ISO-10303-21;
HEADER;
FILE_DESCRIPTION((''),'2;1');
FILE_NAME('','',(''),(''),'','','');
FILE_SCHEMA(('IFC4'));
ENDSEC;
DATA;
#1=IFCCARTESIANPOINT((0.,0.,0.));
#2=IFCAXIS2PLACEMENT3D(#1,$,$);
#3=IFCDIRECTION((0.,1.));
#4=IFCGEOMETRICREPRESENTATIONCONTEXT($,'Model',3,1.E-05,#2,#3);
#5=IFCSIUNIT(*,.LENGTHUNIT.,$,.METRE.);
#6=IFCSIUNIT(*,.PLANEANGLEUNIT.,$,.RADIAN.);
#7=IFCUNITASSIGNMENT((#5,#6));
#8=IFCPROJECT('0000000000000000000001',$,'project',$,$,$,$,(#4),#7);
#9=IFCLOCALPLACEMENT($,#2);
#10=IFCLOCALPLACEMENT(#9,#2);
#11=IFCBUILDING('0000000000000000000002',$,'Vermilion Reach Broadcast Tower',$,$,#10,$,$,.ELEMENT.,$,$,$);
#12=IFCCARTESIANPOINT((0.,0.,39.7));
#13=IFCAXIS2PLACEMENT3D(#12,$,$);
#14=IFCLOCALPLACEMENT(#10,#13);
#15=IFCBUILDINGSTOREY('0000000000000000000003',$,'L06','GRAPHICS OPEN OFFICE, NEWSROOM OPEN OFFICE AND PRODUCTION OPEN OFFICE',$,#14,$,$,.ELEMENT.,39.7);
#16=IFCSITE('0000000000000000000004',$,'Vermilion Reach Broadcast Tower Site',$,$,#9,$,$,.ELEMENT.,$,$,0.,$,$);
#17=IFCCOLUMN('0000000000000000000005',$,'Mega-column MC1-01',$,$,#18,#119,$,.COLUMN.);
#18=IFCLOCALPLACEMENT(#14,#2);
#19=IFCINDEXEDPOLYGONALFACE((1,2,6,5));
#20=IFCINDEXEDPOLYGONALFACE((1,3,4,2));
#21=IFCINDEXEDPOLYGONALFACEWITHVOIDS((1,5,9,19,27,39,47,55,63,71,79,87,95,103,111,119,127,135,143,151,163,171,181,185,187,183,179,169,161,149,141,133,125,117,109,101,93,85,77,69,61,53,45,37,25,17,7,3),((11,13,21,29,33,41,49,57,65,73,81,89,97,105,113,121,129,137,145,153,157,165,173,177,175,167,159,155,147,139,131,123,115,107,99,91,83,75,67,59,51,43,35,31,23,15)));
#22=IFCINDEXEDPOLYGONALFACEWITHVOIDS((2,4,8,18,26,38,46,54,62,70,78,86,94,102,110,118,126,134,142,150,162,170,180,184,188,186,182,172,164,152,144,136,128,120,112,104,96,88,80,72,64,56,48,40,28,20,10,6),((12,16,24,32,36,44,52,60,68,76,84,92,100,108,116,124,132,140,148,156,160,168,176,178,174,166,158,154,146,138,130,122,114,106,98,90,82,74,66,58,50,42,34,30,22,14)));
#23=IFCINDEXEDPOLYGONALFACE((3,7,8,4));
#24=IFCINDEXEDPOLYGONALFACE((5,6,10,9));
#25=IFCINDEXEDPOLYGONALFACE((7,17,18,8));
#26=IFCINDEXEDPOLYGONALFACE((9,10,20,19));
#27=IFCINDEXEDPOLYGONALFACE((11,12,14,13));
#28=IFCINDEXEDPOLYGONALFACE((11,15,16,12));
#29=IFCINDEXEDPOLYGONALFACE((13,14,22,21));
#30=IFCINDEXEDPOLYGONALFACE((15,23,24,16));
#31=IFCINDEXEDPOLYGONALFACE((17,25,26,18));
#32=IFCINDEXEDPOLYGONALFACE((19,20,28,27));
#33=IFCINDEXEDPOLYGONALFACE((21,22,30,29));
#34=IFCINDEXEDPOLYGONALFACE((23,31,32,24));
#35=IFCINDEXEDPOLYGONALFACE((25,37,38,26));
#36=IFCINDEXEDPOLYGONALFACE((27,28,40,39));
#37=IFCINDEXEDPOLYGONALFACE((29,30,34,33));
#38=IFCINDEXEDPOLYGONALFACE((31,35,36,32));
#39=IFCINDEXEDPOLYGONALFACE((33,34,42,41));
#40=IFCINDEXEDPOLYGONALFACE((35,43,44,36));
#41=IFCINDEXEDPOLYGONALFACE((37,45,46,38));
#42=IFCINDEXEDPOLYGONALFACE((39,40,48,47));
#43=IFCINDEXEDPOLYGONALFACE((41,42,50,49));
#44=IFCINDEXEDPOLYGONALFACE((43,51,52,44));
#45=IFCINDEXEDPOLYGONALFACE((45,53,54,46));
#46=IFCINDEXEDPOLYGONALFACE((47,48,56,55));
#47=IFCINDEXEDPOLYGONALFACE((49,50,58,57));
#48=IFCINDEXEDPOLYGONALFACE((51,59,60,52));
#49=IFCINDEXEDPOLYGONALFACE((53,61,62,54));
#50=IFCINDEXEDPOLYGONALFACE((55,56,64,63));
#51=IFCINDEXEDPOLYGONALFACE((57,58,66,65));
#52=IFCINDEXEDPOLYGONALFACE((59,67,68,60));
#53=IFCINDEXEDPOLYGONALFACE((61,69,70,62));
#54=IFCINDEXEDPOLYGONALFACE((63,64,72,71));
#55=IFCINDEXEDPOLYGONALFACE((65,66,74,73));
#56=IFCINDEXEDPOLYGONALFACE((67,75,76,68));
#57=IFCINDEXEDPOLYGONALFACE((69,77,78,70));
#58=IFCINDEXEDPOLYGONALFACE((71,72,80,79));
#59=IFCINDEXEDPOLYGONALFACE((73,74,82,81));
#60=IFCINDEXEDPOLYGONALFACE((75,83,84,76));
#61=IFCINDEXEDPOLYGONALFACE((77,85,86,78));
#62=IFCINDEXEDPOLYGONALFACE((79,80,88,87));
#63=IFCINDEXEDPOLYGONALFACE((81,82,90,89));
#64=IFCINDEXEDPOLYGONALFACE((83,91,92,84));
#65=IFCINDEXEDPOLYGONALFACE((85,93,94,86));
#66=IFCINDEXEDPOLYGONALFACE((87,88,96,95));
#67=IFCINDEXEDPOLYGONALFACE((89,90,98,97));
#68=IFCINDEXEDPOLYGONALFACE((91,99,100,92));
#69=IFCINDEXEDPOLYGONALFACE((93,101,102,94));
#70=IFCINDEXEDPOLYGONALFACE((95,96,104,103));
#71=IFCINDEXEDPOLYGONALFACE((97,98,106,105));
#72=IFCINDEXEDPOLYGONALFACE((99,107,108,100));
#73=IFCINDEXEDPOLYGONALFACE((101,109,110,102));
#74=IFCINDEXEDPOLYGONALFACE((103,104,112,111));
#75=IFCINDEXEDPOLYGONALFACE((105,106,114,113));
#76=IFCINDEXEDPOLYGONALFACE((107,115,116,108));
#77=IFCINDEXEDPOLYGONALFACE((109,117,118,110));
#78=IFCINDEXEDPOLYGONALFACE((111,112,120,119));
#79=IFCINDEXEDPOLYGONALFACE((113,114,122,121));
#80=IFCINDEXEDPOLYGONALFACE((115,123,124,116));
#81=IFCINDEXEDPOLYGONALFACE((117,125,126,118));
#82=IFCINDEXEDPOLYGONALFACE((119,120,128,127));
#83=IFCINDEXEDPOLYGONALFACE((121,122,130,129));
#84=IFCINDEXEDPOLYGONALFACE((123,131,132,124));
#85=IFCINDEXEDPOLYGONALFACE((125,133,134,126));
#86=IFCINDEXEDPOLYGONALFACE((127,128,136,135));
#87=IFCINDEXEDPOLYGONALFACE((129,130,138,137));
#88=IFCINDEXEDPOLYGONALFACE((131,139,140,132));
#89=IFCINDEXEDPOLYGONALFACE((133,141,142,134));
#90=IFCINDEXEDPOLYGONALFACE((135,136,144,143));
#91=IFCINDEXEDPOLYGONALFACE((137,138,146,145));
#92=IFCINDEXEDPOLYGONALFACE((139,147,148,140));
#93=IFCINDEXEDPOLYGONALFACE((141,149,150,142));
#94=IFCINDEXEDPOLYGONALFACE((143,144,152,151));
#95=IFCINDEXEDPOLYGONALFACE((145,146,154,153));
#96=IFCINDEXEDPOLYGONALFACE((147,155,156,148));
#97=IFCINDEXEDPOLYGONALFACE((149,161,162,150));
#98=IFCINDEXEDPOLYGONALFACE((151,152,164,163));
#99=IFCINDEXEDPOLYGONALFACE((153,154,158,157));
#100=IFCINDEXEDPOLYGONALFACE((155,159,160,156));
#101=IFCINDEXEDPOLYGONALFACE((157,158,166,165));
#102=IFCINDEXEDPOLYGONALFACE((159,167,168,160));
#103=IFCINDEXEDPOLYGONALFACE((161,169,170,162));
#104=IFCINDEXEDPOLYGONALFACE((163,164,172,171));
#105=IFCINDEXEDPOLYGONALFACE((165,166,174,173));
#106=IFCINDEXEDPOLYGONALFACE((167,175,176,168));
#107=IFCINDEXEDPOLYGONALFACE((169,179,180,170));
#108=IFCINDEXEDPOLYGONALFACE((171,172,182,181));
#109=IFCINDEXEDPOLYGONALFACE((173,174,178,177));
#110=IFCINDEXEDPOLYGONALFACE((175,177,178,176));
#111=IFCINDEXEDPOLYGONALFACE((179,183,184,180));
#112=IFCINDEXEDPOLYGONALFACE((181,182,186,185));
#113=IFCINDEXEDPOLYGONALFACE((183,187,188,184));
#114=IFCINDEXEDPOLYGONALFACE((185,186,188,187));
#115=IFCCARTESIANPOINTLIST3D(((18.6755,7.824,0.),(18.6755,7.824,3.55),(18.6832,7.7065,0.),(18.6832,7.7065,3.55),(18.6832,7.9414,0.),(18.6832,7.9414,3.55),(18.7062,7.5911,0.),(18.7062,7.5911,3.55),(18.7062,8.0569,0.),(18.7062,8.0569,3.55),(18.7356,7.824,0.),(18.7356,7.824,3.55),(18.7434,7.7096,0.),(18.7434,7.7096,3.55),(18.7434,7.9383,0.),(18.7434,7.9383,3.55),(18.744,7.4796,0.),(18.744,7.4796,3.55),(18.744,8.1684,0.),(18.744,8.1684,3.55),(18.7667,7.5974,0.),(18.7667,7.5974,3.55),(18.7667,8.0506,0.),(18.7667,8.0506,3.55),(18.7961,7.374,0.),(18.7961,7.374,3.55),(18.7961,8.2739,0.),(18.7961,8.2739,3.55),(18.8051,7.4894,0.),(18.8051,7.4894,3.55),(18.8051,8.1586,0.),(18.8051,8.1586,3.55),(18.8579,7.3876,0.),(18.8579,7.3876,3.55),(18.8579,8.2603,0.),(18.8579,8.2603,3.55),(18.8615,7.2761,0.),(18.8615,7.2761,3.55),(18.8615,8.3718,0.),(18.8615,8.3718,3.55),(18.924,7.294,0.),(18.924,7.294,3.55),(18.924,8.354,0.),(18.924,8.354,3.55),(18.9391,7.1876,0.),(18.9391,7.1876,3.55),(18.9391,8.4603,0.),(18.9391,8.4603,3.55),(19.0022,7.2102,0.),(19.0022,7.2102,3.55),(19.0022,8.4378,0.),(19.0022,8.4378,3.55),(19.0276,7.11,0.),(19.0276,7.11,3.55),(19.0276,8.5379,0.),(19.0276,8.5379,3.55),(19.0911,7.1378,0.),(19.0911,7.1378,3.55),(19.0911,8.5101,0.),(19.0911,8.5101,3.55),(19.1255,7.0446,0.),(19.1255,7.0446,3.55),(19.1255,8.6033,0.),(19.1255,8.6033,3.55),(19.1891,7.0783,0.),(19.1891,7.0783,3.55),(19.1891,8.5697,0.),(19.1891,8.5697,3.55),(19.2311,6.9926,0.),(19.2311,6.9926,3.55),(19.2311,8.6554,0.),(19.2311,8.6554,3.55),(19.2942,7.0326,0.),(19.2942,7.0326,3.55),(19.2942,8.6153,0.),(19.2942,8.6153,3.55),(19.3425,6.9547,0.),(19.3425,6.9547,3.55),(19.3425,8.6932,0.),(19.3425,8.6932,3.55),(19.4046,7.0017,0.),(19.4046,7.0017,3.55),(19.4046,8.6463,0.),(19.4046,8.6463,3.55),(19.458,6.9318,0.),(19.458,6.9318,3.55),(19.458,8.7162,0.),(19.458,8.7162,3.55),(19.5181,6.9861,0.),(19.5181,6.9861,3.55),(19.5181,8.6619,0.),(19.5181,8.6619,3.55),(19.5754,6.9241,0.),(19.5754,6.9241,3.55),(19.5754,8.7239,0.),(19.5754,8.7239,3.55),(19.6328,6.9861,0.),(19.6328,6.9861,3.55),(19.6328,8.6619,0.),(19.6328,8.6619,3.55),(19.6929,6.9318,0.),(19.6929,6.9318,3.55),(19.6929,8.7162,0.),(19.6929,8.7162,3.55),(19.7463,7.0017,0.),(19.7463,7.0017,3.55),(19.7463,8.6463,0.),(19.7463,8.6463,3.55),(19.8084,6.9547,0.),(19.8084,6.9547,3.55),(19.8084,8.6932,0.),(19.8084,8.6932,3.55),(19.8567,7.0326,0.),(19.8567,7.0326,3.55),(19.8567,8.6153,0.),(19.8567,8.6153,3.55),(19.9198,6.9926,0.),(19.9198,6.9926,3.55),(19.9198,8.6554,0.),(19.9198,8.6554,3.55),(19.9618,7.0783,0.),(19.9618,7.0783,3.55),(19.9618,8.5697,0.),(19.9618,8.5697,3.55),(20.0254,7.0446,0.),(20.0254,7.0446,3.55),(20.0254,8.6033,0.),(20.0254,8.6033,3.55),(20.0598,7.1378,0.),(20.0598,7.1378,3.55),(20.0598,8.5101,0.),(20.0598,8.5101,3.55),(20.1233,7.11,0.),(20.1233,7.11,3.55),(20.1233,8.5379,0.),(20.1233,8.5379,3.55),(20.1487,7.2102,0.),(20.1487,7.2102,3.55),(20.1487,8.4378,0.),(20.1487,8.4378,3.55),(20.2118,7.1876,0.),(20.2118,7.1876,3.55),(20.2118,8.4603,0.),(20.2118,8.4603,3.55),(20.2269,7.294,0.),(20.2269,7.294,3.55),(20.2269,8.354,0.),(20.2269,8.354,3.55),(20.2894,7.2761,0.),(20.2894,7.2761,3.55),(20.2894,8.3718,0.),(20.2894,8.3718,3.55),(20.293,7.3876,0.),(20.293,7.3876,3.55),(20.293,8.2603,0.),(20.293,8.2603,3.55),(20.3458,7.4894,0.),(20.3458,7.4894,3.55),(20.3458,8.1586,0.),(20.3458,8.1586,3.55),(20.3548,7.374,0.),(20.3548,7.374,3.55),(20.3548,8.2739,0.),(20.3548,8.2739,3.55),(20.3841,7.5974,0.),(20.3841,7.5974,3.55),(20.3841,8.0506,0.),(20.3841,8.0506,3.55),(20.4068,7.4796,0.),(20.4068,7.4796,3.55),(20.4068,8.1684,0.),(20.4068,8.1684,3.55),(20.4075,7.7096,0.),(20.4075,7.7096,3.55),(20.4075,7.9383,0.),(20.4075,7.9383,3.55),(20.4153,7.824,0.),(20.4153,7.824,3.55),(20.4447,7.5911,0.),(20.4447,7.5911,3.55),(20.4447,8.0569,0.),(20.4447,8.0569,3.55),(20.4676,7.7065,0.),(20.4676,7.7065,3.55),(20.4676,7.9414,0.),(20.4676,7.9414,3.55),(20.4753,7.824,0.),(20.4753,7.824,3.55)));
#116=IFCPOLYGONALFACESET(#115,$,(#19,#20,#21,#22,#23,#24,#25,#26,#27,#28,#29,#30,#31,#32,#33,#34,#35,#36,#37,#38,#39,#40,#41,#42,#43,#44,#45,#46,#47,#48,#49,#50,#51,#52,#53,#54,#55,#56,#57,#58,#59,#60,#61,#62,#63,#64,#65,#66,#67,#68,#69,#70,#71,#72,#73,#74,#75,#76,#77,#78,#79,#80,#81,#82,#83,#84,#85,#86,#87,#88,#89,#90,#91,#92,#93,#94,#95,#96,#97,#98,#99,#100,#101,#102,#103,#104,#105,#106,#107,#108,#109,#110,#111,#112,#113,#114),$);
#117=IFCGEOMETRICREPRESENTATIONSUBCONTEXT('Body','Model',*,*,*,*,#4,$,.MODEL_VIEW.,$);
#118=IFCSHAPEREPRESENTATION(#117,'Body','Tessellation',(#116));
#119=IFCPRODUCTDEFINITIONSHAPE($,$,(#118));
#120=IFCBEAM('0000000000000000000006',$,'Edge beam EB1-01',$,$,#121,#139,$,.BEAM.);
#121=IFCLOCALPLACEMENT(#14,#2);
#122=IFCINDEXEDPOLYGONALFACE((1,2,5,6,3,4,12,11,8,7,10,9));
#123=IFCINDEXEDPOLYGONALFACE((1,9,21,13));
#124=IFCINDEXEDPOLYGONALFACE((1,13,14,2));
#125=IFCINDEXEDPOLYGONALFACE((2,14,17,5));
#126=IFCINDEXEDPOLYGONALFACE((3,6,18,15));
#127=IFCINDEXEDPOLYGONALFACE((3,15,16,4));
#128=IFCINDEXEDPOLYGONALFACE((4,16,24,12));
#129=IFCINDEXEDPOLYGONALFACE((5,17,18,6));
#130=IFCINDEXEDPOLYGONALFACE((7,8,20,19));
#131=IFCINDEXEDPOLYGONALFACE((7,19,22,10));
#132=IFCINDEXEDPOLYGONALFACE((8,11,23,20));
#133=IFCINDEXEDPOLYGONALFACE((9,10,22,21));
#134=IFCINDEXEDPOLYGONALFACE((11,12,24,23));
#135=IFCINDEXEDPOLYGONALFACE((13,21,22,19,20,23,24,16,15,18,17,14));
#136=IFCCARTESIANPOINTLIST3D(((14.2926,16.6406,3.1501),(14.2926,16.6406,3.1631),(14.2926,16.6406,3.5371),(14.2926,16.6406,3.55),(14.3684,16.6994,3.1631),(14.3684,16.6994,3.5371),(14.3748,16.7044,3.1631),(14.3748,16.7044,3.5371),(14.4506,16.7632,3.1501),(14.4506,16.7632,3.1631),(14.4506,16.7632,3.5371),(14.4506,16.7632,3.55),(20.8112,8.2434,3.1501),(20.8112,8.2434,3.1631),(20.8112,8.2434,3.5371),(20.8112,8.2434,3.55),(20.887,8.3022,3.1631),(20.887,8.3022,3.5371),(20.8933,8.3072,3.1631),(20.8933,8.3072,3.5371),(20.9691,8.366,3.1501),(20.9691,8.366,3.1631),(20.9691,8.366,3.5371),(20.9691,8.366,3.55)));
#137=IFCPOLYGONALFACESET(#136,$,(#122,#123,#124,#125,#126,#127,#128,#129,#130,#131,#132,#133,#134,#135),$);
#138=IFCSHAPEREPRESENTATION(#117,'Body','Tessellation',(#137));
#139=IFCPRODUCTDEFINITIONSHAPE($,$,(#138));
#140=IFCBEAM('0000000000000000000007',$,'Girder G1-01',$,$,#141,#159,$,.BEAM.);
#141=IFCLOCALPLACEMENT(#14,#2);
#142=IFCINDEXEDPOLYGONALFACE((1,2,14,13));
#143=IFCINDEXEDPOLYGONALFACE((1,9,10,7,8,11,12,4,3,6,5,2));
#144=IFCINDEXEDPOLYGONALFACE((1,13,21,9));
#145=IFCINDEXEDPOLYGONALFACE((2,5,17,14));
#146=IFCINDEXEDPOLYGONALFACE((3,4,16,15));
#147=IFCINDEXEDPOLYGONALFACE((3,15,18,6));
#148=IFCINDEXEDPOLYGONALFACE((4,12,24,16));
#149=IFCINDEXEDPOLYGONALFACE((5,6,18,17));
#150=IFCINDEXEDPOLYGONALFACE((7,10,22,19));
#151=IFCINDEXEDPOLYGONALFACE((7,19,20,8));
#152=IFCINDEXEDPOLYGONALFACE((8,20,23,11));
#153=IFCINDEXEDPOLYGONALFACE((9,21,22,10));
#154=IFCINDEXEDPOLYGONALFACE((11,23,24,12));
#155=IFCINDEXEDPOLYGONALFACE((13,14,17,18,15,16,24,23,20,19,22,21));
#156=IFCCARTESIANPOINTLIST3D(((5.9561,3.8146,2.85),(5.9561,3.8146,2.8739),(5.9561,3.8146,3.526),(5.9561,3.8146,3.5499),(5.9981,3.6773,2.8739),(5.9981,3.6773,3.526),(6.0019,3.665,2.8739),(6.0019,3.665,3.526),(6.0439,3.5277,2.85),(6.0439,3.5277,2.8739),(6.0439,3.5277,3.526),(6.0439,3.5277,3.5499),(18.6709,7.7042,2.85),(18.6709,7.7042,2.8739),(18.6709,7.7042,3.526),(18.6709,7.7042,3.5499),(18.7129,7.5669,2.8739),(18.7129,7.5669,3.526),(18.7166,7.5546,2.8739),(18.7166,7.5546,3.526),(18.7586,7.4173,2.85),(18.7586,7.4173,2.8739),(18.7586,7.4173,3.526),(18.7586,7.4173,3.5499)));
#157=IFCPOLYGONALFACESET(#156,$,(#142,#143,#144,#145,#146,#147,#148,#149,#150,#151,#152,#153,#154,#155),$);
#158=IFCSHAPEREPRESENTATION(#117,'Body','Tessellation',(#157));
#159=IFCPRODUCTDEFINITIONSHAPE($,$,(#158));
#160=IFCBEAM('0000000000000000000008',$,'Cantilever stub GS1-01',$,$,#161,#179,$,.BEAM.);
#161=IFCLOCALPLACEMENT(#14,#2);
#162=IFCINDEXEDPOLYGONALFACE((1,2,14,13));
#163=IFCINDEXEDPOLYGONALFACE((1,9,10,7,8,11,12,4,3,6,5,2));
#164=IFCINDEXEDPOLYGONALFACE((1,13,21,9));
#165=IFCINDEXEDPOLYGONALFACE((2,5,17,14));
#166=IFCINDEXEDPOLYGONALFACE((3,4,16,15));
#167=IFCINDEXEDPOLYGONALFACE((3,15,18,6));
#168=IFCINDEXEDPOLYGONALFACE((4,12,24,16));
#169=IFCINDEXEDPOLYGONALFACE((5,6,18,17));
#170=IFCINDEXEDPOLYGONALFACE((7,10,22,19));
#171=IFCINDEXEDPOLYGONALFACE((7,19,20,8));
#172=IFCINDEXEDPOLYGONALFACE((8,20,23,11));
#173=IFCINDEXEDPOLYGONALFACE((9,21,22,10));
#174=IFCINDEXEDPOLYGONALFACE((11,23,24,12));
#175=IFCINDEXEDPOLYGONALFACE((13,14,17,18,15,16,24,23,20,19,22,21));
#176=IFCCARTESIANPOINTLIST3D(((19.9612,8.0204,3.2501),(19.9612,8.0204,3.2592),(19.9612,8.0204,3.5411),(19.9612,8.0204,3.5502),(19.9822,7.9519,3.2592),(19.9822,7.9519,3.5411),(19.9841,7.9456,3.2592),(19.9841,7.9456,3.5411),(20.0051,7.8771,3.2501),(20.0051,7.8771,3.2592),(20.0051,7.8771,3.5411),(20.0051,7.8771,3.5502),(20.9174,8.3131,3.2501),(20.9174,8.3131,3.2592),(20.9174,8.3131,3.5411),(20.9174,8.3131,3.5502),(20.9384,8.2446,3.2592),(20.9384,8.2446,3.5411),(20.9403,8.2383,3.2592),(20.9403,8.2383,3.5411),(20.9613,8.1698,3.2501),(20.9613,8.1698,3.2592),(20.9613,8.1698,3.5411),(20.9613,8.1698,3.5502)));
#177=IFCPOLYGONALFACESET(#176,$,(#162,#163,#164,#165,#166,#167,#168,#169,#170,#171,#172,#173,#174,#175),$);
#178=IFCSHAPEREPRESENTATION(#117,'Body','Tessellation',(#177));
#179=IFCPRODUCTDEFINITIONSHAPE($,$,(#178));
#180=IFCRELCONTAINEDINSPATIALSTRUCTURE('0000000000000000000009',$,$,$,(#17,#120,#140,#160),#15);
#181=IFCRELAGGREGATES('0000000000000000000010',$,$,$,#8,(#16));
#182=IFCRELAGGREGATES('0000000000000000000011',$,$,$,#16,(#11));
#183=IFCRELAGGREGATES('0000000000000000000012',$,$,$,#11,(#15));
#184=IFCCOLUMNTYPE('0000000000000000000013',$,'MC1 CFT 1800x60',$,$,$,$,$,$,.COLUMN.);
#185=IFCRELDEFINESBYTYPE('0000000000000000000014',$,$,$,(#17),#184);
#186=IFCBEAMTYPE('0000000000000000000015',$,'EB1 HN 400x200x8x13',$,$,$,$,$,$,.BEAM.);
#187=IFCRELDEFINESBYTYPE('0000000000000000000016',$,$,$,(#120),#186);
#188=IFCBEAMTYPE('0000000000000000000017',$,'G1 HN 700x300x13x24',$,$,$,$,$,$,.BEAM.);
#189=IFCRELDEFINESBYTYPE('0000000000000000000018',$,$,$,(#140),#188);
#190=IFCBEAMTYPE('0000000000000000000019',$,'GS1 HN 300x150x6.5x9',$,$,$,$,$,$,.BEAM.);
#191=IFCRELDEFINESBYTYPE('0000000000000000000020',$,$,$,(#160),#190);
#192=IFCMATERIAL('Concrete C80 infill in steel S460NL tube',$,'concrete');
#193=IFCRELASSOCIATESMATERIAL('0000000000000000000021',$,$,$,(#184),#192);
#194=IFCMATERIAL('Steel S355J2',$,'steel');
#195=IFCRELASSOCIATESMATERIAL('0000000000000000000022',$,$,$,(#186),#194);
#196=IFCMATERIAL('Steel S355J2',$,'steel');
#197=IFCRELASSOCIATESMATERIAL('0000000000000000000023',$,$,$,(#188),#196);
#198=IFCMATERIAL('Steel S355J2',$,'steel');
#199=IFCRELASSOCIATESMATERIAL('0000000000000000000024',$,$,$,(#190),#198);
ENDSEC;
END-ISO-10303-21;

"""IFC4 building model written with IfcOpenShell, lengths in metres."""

from ifc_helpers import new_model, si_unit, direction, frame, origin, origin_2d, place, context, subcontext, project, spatial, hollow_circle, i_section, extrude, material, material_profile, profile_set, type_object, element, save


model = new_model("IFC4")

# Units and contexts
model_context = context("Model", 3, precision=1e-05, world=origin(), true_north=direction((0.0, 1.0)))
body_context = subcontext(model_context, "Body", "Model", "MODEL_VIEW")
ifc_project = project(units=[si_unit("LENGTHUNIT", "METRE"), si_unit("PLANEANGLEUNIT", "RADIAN")], contexts=[model_context])

# Site, building, storey
site_placement = place(None, origin())
site = spatial("IfcSite", under=ifc_project, at=site_placement, Name="Vermilion Reach Broadcast Tower Site", CompositionType="ELEMENT", RefElevation=0.0)
building_placement = place(site_placement, origin())
building = spatial("IfcBuilding", under=site, at=building_placement, Name="Vermilion Reach Broadcast Tower", CompositionType="ELEMENT")
storey_placement = place(building_placement, frame((0.0, 0.0, 39.7)))
storey = spatial("IfcBuildingStorey", under=building, at=storey_placement, Name="L06", Description="GRAPHICS OPEN OFFICE, NEWSROOM OPEN OFFICE AND PRODUCTION OPEN OFFICE", CompositionType="ELEMENT", Elevation=39.7)

# Column
ifc_material_1 = material(Name="Concrete C80 infill in steel S460NL tube", Category="concrete")
ifc_material_profile_1 = material_profile(ifc_material_1, hollow_circle(Radius=0.8999, WallThickness=0.0601, at=origin_2d()), Name="Concrete C80 infill in steel S460NL tube CFT 1800x60")
ifc_profile_set_1 = profile_set([ifc_material_profile_1], Name="Concrete C80 infill in steel S460NL tube")
column_type = type_object("IfcColumnType", Name="MC1 CFT 1800x60", PredefinedType="COLUMN", material=ifc_profile_set_1)
column_placement = place(storey_placement, frame((19.5754, 7.824, 0.0), z_axis=(0.0, 0.0, 1.0), x_axis=(1.0, 0.0, 0.0)))
element("IfcColumn", 1, at=column_placement, inside=storey, type_object=column_type, Name="Mega-column MC1-01", PredefinedType="COLUMN", context=body_context, shape_type="SweptSolid", body=[
    extrude(hollow_circle(Radius=0.8999, WallThickness=0.0601, at=origin_2d()), origin(), (0.0, 0.0, 1.0), 3.55),
])

# Beams
ifc_material_2 = material(Name="Steel S355J2", Category="steel")
ifc_material_profile_2 = material_profile(ifc_material_2, i_section(OverallWidth=0.2, OverallDepth=0.3999, WebThickness=0.0081, FlangeThickness=0.0129, at=origin_2d()), Name="S355J2 HN 400x200x8x13")
ifc_profile_set_2 = profile_set([ifc_material_profile_2], Name="Steel S355J2")
beam_type_1 = type_object("IfcBeamType", Name="EB1 HN 400x200x8x13", PredefinedType="BEAM", material=ifc_profile_set_2)
beam_1_placement = place(storey_placement, frame((20.8901, 8.3047, 3.3501), z_axis=(-0.613201, 0.789927, 0.0), x_axis=(-0.789927, -0.613201, 0.0)))
element("IfcBeam", 2, at=beam_1_placement, inside=storey, type_object=beam_type_1, Name="Edge beam EB1-01", PredefinedType="BEAM", context=body_context, shape_type="SweptSolid", body=[
    extrude(i_section(OverallWidth=0.2, OverallDepth=0.3999, WebThickness=0.0081, FlangeThickness=0.0129, at=origin_2d()), origin(), (0.0, 0.0, 1.0), 10.6304),
])
ifc_material_3 = material(Name="Steel S355J2", Category="steel")
ifc_material_profile_3 = material_profile(ifc_material_3, i_section(OverallWidth=0.3, OverallDepth=0.7, WebThickness=0.0129, FlangeThickness=0.0239, at=origin_2d()), Name="S355J2 HN 700x300x13x24")
ifc_profile_set_3 = profile_set([ifc_material_profile_3], Name="Steel S355J2")
beam_type_2 = type_object("IfcBeamType", Name="G1 HN 700x300x13x24", PredefinedType="BEAM", material=ifc_profile_set_3)
beam_2_placement = place(storey_placement, frame((6.0, 3.6711, 3.2), z_axis=(0.956256, 0.292532, 0.0), x_axis=(-0.292532, 0.956256, 0.0)))
element("IfcBeam", 3, at=beam_2_placement, inside=storey, type_object=beam_type_2, Name="Girder G1-01", PredefinedType="BEAM", context=body_context, shape_type="SweptSolid", body=[
    extrude(i_section(OverallWidth=0.3, OverallDepth=0.7, WebThickness=0.0129, FlangeThickness=0.0239, at=origin_2d()), origin(), (0.0, 0.0, 1.0), 13.2964),
])
ifc_material_4 = material(Name="Steel S355J2", Category="steel")
ifc_material_profile_4 = material_profile(ifc_material_4, i_section(OverallWidth=0.1499, OverallDepth=0.3, WebThickness=0.0066, FlangeThickness=0.009, at=origin_2d()), Name="S355J2 HN 300x150x6.5x9")
ifc_profile_set_4 = profile_set([ifc_material_profile_4], Name="Steel S355J2")
beam_type_3 = type_object("IfcBeamType", Name="GS1 HN 300x150x6.5x9", PredefinedType="BEAM", material=ifc_profile_set_4)
beam_3_placement = place(storey_placement, frame((19.9832, 7.9487, 3.4001), z_axis=(0.956206, 0.292696, 0.0), x_axis=(-0.292696, 0.956206, 0.0)))
element("IfcBeam", 4, at=beam_3_placement, inside=storey, type_object=beam_type_3, Name="Cantilever stub GS1-01", PredefinedType="BEAM", context=body_context, shape_type="SweptSolid", body=[
    extrude(i_section(OverallWidth=0.1499, OverallDepth=0.3, WebThickness=0.0066, FlangeThickness=0.009, at=origin_2d()), origin(), (0.0, 0.0, 1.0), 1.0),
])

save(model, "model.ifc")
